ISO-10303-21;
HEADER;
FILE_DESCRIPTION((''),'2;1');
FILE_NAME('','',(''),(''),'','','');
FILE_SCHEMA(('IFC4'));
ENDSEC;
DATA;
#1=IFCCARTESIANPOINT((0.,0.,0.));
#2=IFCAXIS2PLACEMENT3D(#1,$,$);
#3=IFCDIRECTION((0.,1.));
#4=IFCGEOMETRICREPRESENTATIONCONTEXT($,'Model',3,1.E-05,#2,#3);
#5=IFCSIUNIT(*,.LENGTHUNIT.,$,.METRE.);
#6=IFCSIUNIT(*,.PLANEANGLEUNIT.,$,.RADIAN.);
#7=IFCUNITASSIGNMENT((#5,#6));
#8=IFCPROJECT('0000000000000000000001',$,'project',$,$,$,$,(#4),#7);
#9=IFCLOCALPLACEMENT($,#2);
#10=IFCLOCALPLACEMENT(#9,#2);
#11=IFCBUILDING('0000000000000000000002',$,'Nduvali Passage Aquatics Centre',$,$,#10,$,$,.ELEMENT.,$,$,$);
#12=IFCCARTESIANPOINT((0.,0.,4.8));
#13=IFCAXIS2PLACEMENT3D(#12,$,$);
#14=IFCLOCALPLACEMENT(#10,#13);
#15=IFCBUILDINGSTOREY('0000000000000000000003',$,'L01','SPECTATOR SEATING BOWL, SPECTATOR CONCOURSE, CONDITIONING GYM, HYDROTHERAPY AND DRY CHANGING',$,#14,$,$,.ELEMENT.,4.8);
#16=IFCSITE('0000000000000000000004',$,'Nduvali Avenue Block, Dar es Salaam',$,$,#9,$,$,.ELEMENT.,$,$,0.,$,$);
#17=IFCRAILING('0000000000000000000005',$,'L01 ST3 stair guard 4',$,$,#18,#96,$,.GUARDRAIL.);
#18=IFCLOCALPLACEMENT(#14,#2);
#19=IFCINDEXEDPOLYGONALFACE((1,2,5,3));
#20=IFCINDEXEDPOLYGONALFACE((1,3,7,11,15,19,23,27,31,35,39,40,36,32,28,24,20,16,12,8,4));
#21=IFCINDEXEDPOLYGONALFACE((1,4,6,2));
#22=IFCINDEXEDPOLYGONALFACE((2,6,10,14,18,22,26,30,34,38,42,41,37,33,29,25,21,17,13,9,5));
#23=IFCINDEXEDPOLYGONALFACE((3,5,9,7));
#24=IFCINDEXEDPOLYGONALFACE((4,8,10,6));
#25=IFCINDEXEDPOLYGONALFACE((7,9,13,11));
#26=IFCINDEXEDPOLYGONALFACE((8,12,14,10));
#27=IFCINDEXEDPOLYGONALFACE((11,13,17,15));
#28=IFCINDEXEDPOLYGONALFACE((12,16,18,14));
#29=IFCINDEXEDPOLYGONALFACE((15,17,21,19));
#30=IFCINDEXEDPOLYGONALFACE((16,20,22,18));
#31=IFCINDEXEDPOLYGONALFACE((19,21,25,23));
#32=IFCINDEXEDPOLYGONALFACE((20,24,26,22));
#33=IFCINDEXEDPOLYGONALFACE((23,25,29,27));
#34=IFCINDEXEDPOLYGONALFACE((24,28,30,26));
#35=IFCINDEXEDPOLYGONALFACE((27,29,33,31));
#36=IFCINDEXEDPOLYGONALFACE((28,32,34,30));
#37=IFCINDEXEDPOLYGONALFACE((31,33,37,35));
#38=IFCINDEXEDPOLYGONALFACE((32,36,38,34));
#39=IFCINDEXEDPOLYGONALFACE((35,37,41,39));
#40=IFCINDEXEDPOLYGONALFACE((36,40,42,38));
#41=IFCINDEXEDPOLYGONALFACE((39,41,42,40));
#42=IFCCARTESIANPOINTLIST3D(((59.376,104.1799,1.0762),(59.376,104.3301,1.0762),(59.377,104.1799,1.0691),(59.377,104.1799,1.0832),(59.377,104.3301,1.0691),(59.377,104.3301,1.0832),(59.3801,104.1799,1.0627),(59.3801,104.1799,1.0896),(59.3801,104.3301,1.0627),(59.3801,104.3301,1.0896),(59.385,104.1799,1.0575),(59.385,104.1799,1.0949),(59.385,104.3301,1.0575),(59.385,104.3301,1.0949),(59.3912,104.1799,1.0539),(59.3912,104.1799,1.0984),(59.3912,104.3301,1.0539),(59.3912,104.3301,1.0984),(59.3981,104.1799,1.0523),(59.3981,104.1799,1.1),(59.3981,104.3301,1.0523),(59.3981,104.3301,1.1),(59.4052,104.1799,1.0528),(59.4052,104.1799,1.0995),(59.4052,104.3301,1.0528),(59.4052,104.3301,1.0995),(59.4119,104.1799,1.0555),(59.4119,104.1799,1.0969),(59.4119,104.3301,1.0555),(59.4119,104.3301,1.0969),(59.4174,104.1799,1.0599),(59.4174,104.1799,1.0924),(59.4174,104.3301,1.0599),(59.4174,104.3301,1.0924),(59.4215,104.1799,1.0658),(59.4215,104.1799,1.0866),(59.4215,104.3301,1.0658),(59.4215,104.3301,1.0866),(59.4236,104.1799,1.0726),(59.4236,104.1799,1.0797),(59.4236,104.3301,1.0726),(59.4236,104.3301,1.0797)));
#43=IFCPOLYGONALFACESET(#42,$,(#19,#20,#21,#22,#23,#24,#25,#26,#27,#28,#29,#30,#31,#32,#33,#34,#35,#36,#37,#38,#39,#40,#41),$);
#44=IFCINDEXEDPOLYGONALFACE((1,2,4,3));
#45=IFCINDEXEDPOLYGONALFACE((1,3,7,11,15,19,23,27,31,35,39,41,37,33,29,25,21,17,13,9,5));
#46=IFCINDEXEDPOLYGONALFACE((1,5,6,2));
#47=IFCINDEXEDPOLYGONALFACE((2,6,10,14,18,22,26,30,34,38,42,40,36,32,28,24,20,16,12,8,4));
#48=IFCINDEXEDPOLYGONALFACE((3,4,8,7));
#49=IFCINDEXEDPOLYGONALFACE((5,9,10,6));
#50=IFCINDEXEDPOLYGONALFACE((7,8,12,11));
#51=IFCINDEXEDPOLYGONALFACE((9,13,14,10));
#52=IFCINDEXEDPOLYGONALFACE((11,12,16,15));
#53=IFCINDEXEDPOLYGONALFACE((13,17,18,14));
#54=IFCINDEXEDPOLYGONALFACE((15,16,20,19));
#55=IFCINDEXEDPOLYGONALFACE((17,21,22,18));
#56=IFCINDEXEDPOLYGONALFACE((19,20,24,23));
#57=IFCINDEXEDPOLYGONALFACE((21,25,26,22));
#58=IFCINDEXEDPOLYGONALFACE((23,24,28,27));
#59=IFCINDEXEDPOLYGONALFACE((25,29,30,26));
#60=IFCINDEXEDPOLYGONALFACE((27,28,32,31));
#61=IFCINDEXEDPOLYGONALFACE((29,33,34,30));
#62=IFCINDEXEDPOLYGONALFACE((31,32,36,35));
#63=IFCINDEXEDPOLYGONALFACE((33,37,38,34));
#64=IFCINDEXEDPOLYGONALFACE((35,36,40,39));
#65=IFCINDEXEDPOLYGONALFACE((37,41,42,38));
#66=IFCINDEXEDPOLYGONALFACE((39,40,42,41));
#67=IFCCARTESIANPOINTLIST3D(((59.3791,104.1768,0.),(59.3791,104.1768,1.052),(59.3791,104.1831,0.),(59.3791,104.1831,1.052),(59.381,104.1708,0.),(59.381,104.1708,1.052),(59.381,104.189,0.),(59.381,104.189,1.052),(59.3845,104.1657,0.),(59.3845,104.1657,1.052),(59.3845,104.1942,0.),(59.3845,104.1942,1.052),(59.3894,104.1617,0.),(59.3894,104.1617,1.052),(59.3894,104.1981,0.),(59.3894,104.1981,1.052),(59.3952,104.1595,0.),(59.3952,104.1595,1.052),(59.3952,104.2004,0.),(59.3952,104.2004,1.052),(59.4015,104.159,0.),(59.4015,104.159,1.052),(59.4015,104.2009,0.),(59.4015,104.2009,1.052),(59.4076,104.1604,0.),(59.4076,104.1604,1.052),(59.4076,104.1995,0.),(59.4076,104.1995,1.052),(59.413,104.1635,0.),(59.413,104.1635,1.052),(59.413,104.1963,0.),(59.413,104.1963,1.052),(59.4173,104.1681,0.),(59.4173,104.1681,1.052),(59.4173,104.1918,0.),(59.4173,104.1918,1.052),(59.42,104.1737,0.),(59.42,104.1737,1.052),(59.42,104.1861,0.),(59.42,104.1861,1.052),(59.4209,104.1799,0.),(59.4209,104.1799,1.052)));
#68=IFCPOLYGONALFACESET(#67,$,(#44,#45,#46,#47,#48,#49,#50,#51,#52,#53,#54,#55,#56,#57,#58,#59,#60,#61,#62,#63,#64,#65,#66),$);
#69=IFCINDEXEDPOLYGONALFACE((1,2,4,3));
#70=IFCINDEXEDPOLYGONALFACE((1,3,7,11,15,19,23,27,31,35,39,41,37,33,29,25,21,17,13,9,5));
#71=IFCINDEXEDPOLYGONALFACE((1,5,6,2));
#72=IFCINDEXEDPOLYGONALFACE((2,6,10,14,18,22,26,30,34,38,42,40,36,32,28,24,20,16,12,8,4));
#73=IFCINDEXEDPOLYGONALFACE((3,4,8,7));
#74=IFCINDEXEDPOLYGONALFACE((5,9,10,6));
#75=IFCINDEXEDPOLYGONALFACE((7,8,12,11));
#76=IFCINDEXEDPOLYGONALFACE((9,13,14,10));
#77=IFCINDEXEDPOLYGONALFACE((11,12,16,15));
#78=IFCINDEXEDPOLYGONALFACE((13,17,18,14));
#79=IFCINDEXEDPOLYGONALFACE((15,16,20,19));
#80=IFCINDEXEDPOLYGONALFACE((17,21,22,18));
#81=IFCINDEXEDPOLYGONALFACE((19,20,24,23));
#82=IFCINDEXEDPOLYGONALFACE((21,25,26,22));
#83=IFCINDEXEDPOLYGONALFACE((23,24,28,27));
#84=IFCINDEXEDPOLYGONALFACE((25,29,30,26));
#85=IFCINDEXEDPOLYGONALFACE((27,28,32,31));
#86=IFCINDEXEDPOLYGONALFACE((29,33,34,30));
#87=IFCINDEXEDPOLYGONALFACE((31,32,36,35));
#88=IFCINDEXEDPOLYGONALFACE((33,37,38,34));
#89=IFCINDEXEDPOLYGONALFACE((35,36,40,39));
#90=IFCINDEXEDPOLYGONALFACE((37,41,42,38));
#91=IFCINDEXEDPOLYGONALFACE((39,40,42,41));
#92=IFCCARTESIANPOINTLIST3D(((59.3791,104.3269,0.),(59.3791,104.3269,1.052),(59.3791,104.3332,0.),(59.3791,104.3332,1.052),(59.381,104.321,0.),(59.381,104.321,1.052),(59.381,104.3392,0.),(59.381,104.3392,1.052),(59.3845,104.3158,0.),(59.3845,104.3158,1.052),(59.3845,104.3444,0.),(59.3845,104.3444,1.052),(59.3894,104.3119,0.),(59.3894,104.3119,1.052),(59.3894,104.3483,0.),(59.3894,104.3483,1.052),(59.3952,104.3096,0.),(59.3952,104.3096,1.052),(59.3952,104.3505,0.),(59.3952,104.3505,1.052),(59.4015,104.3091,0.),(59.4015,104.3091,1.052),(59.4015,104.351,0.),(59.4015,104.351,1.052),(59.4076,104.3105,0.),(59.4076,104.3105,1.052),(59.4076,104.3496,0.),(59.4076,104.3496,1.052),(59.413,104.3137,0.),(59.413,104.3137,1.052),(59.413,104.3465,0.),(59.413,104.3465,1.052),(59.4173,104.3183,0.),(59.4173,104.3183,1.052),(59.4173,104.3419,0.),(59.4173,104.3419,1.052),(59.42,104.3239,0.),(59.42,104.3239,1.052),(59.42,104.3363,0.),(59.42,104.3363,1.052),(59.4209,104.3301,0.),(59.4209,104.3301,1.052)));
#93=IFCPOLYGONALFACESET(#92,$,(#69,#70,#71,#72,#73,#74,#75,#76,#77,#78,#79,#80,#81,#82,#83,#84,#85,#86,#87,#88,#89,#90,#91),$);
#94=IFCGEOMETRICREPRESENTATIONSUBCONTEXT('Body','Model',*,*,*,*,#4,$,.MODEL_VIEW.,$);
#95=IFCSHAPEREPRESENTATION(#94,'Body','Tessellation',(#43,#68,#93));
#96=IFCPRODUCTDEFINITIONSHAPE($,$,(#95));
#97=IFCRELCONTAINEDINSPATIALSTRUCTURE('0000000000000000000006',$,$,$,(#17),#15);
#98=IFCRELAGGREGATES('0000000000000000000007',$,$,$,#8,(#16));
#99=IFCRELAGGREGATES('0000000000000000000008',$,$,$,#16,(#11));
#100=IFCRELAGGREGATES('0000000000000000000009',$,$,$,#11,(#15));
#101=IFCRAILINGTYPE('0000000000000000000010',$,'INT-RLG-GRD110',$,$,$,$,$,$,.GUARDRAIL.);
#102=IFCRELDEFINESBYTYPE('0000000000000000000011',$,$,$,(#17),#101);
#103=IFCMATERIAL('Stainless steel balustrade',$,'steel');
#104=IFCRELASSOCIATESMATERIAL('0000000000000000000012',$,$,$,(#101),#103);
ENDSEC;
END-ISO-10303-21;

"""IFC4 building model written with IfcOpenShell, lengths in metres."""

from ifc_helpers import new_model, si_unit, direction, frame, origin, origin_2d, place, context, subcontext, project, spatial, circle, extrude, material, type_object, element, save


model = new_model("IFC4")

# Units and contexts
model_context = context("Model", 3, precision=1e-05, world=origin(), true_north=direction((0.0, 1.0)))
body_context = subcontext(model_context, "Body", "Model", "MODEL_VIEW")
ifc_project = project(units=[si_unit("LENGTHUNIT", "METRE"), si_unit("PLANEANGLEUNIT", "RADIAN")], contexts=[model_context])

# Site, building, storey
site_placement = place(None, origin())
site = spatial("IfcSite", under=ifc_project, at=site_placement, Name="Nduvali Avenue Block, Dar es Salaam", CompositionType="ELEMENT", RefElevation=0.0)
building_placement = place(site_placement, origin())
building = spatial("IfcBuilding", under=site, at=building_placement, Name="Nduvali Passage Aquatics Centre", CompositionType="ELEMENT")
storey_placement = place(building_placement, frame((0.0, 0.0, 4.8)))
storey = spatial("IfcBuildingStorey", under=building, at=storey_placement, Name="L01", Description="SPECTATOR SEATING BOWL, SPECTATOR CONCOURSE, CONDITIONING GYM, HYDROTHERAPY AND DRY CHANGING", CompositionType="ELEMENT", Elevation=4.8)

# Railing
ifc_material_1 = material(Name="Stainless steel balustrade", Category="steel")
railing_type_1 = type_object("IfcRailingType", Name="INT-RLG-GRD110", PredefinedType="GUARDRAIL", material=ifc_material_1)
railing_1_placement = place(storey_placement, frame((59.3999, 104.1799, 0.0)))
element("IfcRailing", 1, at=railing_1_placement, inside=storey, type_object=railing_type_1, Name="L01 ST3 stair guard 4", PredefinedType="GUARDRAIL", context=body_context, shape_type="SweptSolid", body=[
    extrude(circle(Radius=0.0239, at=origin_2d()), frame((0.0, 0.0, 1.0762), z_axis=(0.0, 1.0, 0.0), x_axis=(-1.0, 0.0, 0.0)), (0.0, 0.0, 1.0), 0.1501),
    extrude(circle(Radius=0.021, at=origin_2d()), origin(), (0.0, 0.0, 1.0), 1.052),
    extrude(circle(Radius=0.021, at=origin_2d()), frame((0.0, 0.1501, 0.0)), (0.0, 0.0, 1.0), 1.052),
])

save(model, "model.ifc")
